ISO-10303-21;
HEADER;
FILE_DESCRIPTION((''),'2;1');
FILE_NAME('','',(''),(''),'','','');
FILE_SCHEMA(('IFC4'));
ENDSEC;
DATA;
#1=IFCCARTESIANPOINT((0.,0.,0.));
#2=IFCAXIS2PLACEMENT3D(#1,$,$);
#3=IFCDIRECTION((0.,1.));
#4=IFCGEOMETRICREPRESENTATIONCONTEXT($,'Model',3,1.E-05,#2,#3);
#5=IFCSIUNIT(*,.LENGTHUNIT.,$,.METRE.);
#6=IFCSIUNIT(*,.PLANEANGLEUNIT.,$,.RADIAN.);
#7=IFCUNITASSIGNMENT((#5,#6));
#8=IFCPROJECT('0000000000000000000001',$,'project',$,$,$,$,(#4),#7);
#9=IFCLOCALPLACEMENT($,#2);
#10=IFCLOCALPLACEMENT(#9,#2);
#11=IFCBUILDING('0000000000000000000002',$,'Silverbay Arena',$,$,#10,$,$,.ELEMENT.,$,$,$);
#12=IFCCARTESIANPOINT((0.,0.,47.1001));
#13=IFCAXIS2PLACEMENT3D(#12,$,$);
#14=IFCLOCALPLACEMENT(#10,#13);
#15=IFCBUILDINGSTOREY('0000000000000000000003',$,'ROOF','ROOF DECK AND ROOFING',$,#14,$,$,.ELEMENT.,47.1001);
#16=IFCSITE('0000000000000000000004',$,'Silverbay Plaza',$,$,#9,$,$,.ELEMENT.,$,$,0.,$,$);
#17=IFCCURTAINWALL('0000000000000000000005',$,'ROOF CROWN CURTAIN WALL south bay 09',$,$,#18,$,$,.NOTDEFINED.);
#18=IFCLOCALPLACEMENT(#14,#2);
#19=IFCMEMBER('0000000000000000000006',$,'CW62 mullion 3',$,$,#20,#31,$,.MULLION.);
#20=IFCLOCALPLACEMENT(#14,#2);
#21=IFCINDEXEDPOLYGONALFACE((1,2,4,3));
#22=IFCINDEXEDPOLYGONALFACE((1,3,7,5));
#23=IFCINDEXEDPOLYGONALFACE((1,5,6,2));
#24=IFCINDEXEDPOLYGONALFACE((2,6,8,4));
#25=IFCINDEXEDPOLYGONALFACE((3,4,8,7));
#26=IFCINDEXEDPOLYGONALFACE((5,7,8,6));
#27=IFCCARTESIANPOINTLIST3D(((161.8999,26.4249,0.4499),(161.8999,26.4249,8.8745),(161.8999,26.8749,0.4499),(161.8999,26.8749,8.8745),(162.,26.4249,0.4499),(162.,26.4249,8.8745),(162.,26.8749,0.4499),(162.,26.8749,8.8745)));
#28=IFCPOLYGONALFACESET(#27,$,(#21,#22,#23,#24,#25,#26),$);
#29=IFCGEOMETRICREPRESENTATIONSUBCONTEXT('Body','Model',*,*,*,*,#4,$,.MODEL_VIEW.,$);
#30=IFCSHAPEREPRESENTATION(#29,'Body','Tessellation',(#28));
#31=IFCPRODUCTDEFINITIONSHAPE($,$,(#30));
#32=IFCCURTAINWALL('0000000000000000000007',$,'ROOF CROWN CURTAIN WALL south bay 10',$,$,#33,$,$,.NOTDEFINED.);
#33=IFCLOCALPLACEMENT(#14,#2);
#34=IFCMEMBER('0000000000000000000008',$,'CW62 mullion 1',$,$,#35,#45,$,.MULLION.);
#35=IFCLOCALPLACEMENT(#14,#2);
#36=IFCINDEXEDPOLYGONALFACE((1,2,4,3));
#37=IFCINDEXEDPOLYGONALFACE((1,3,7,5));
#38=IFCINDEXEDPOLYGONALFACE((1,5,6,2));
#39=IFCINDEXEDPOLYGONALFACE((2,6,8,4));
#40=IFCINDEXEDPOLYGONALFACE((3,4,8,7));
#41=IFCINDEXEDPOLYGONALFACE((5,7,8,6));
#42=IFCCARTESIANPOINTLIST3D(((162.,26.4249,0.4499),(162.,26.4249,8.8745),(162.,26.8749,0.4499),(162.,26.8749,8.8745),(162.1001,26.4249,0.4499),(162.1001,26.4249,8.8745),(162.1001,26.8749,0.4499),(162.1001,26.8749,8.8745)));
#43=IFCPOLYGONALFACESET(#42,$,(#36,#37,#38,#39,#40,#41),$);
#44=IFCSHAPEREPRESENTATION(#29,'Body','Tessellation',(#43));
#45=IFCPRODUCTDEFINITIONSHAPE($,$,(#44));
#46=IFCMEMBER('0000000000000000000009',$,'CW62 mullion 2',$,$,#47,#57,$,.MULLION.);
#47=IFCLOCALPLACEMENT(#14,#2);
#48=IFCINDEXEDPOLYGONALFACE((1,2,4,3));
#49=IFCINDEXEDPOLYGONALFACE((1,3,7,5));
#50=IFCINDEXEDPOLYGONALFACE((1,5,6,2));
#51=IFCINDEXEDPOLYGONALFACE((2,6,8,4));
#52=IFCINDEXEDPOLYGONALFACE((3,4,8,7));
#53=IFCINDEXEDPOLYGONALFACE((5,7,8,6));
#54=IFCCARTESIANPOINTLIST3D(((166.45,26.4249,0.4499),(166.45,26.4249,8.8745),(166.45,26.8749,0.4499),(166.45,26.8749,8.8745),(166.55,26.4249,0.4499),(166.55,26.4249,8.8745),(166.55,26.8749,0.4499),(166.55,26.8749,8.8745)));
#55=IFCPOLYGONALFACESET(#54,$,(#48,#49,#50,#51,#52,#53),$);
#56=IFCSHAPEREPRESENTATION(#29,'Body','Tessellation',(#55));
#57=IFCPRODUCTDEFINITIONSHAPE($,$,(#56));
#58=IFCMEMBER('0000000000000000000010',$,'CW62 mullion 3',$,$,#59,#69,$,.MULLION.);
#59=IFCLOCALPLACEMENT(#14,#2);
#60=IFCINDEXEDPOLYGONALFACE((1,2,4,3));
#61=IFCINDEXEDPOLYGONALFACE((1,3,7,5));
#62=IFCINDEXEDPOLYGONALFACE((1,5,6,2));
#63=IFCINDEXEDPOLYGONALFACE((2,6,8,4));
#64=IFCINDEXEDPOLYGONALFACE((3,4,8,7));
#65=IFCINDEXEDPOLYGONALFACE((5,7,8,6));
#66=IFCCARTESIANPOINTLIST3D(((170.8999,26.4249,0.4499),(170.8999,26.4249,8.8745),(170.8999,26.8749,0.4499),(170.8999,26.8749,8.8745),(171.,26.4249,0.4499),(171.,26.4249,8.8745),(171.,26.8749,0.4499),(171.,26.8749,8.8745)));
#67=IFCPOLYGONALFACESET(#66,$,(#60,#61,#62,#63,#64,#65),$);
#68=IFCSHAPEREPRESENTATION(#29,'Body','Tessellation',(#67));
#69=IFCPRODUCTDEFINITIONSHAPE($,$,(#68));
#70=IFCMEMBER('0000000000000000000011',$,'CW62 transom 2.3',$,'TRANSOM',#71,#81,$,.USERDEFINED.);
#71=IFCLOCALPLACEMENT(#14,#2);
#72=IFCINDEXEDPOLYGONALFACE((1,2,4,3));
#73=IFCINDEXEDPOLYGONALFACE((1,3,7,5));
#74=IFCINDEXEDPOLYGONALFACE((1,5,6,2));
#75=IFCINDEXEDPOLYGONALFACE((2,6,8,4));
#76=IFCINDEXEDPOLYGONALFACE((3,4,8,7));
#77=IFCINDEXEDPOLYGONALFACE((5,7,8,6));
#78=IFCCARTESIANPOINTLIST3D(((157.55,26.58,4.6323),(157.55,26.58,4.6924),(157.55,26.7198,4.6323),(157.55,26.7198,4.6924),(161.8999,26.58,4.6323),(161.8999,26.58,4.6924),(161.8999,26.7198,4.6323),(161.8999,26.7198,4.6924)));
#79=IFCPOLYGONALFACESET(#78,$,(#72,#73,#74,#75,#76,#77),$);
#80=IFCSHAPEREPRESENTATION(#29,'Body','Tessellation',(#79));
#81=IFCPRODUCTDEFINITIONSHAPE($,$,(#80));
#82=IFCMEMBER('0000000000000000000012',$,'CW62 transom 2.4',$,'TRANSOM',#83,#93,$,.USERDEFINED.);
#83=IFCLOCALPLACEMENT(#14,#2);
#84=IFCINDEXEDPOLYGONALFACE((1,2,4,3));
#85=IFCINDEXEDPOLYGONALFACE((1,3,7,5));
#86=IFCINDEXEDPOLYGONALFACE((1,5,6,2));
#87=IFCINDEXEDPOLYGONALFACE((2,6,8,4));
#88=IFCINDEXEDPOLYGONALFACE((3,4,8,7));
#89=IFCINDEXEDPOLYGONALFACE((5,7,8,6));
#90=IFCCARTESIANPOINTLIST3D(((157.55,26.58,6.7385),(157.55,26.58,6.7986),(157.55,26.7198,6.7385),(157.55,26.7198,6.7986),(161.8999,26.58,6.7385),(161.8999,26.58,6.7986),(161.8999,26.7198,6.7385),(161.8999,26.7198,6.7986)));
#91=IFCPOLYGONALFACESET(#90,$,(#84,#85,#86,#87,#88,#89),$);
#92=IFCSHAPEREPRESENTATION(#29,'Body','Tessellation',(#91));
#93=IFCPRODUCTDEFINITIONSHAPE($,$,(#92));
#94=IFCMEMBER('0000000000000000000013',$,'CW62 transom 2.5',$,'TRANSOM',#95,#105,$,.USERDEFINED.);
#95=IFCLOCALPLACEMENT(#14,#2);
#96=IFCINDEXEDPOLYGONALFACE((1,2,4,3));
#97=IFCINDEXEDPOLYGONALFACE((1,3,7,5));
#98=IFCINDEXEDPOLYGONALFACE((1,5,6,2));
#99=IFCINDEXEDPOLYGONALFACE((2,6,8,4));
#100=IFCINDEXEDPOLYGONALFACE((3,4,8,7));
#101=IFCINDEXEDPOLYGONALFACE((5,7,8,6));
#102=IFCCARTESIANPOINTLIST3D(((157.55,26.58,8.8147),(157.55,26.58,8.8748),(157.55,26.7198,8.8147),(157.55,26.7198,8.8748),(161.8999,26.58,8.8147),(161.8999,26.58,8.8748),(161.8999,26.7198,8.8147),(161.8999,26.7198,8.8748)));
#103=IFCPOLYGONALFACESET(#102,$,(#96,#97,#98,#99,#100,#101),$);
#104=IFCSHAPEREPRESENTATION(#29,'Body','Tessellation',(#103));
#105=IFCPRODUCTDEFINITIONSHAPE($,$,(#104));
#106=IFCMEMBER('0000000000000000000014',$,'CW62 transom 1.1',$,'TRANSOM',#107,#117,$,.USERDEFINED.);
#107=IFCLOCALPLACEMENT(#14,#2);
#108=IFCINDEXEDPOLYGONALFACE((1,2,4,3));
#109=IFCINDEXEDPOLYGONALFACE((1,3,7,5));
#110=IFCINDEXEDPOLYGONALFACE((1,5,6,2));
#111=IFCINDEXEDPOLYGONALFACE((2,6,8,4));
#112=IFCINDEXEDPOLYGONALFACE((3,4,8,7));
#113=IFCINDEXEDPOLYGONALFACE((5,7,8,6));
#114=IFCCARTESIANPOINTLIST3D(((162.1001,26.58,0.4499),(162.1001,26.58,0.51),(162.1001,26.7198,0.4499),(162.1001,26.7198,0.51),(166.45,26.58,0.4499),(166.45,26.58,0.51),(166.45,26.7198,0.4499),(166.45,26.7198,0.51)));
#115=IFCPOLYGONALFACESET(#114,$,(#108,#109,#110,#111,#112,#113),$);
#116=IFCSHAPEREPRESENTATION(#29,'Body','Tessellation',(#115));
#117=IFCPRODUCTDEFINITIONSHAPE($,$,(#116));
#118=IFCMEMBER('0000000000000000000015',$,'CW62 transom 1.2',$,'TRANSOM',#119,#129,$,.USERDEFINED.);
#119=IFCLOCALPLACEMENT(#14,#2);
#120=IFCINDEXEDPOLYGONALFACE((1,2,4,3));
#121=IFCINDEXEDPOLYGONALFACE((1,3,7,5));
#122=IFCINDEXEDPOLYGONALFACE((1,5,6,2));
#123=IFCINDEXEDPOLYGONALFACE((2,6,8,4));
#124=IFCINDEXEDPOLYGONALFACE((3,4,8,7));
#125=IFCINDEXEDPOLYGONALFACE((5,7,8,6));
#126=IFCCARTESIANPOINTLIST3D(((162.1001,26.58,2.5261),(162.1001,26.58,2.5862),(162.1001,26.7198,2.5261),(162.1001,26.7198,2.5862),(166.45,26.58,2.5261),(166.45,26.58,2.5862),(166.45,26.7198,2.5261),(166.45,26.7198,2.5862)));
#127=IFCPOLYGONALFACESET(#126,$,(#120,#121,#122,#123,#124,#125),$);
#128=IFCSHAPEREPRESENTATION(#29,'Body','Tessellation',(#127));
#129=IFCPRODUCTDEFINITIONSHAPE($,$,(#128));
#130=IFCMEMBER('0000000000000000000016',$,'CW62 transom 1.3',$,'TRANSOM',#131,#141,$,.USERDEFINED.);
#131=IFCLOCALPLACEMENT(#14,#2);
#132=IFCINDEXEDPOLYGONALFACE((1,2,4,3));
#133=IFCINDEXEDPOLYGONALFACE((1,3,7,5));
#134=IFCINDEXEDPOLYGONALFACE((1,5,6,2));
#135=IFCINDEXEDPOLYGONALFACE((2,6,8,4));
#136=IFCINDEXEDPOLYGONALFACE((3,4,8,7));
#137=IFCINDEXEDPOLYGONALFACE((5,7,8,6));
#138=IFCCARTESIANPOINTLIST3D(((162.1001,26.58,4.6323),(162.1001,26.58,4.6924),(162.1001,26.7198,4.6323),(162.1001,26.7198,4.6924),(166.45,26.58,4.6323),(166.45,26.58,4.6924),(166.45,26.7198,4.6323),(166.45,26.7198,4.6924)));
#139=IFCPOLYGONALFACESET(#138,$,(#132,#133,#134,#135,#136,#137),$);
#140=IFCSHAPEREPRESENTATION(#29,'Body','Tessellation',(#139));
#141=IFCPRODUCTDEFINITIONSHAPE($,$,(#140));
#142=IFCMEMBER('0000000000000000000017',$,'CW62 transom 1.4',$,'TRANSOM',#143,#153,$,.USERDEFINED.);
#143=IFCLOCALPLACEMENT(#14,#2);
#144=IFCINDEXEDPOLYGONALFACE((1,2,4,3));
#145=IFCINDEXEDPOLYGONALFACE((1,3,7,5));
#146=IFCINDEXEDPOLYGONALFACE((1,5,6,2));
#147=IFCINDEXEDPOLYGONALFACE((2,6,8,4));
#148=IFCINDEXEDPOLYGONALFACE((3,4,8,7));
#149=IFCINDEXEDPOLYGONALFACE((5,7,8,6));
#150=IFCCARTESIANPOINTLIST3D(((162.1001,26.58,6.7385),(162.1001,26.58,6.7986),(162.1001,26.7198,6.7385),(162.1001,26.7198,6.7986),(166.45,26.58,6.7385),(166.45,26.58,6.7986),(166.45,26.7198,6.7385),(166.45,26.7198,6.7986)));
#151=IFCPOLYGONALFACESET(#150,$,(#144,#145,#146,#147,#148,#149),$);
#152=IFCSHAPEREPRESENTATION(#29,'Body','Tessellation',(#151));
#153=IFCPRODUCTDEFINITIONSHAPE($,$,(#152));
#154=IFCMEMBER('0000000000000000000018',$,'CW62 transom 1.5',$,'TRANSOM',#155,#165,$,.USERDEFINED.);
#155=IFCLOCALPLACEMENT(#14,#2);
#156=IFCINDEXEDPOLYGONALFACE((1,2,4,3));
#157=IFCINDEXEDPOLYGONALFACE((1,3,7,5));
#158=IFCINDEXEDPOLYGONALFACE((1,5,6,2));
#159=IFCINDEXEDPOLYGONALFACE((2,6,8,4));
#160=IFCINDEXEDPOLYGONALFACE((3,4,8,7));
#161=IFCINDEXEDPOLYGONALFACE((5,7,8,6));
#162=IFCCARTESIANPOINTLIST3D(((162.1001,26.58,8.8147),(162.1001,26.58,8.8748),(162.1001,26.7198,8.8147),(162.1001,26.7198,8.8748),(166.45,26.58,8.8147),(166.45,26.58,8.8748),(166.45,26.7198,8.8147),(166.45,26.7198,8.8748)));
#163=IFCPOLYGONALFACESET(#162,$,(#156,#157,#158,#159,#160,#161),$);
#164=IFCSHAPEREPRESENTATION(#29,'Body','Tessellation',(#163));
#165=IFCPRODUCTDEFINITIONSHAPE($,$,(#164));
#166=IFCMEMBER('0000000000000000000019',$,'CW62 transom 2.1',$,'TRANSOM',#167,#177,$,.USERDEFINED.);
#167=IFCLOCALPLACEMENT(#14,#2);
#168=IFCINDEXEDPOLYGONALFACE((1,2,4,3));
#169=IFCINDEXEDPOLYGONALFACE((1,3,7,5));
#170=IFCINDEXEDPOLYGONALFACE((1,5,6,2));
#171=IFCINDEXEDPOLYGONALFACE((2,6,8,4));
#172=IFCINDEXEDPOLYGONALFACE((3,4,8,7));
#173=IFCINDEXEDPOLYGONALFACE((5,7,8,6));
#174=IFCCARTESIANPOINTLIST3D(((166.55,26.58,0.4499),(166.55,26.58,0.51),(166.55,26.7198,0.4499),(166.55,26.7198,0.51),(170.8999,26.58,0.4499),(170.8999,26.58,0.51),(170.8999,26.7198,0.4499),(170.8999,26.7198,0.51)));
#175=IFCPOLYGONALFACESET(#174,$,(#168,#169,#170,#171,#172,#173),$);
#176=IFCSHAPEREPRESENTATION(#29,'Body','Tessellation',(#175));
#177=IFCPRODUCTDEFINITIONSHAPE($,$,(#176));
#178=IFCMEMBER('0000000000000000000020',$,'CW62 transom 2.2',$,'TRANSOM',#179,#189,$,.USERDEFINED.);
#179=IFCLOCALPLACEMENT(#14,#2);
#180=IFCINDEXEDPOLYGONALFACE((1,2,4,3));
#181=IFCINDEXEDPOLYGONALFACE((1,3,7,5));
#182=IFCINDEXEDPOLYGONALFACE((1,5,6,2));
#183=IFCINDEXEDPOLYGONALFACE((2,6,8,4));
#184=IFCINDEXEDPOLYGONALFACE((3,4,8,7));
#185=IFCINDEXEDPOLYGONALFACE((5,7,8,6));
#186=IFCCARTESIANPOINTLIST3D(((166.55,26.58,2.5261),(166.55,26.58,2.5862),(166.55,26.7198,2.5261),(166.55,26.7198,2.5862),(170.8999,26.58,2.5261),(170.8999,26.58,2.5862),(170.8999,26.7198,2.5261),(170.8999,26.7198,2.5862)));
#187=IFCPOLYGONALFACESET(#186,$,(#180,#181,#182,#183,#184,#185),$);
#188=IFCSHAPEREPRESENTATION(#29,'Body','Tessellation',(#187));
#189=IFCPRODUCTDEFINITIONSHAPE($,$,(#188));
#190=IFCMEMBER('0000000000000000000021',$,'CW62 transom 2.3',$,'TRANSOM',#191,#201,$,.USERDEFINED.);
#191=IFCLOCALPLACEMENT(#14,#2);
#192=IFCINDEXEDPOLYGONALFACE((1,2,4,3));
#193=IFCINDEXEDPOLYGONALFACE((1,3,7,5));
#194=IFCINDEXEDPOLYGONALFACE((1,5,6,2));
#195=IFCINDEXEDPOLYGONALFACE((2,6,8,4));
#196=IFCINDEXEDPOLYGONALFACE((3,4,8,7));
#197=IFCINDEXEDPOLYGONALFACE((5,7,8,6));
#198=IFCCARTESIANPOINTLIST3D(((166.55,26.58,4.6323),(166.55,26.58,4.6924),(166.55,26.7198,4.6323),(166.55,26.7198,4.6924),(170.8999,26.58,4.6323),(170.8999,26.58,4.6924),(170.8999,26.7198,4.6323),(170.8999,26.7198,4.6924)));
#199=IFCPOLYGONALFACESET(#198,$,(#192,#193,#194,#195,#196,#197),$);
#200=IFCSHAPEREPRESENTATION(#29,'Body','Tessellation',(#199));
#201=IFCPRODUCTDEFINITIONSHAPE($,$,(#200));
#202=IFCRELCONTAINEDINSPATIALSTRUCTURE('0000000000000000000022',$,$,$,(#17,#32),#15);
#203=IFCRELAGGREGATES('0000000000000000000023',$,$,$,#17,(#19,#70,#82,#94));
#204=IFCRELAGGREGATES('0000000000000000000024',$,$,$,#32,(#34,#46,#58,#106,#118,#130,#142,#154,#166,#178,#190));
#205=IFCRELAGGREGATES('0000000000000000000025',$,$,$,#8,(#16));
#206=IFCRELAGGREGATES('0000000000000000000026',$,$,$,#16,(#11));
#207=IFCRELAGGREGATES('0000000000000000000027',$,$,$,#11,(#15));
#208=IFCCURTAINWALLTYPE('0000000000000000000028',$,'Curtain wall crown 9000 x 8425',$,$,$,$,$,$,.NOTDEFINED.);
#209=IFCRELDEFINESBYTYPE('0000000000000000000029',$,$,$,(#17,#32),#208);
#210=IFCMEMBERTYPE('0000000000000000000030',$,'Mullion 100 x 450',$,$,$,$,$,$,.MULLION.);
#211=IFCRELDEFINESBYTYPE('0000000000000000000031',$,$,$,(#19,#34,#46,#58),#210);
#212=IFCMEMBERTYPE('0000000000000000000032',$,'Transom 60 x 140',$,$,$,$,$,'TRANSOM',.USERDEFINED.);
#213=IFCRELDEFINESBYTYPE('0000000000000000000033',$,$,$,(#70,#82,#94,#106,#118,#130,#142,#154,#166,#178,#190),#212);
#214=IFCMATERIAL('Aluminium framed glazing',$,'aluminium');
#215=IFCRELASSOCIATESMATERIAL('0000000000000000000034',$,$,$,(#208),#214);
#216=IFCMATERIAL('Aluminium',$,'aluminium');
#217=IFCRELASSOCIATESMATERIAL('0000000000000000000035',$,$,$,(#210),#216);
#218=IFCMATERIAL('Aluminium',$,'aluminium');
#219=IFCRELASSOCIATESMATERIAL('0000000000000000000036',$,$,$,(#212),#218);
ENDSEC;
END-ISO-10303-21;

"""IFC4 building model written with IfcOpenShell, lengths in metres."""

from ifc_helpers import new_model, si_unit, direction, frame, origin, origin_2d, place, context, subcontext, project, spatial, rectangle, extrude, material, material_profile, profile_set, type_object, element, aggregate, save


model = new_model("IFC4")

# Units and contexts
model_context = context("Model", 3, precision=1e-05, world=origin(), true_north=direction((0.0, 1.0)))
body_context = subcontext(model_context, "Body", "Model", "MODEL_VIEW")
ifc_project = project(units=[si_unit("LENGTHUNIT", "METRE"), si_unit("PLANEANGLEUNIT", "RADIAN")], contexts=[model_context])

# Site, building, storey
site_placement = place(None, origin())
site = spatial("IfcSite", under=ifc_project, at=site_placement, Name="Silverbay Plaza", CompositionType="ELEMENT", RefElevation=0.0)
building_placement = place(site_placement, origin())
building = spatial("IfcBuilding", under=site, at=building_placement, Name="Silverbay Arena", CompositionType="ELEMENT")
storey_placement = place(building_placement, frame((0.0, 0.0, 47.1001)))
storey = spatial("IfcBuildingStorey", under=building, at=storey_placement, Name="ROOF", Description="ROOF DECK AND ROOFING", CompositionType="ELEMENT", Elevation=47.1001)

# Curtain wall, member
ifc_material_1 = material(Name="Aluminium framed glazing", Category="aluminium")
curtain_wall_type = type_object("IfcCurtainWallType", Name="Curtain wall crown 9000 x 8425", PredefinedType="NOTDEFINED", material=ifc_material_1)
curtain_wall_1_placement = place(storey_placement, origin())
curtain_wall_1 = element("IfcCurtainWall", 1, at=curtain_wall_1_placement, inside=storey, type_object=curtain_wall_type, Name="ROOF CROWN CURTAIN WALL south bay 09", PredefinedType="NOTDEFINED")
ifc_material_2 = material(Name="Aluminium", Category="aluminium")
ifc_material_profile_1 = material_profile(ifc_material_2, rectangle(XDim=0.45, YDim=0.1001, at=origin_2d()), Name="Mullion 100 x 450")
ifc_profile_set_1 = profile_set([ifc_material_profile_1], Name="Aluminium")
member_type_1 = type_object("IfcMemberType", Name="Mullion 100 x 450", PredefinedType="MULLION", material=ifc_profile_set_1)
placement = place(building_placement, frame((0.0, 0.0, 33.5)))
member_1_placement = place(placement, frame((161.95, 26.6499, 14.05), z_axis=(0.0, 0.0, 1.0), x_axis=(0.0, 1.0, 0.0)))
member_1 = element("IfcMember", 2, at=member_1_placement, type_object=member_type_1, Name="CW62 mullion 3", PredefinedType="MULLION", context=body_context, shape_type="SweptSolid", body=[
    extrude(rectangle(XDim=0.45, YDim=0.1001, at=origin_2d()), origin(), (0.0, 0.0, 1.0), 8.4246),
])

# Curtain wall, members
curtain_wall_2_placement = place(storey_placement, origin())
curtain_wall_2 = element("IfcCurtainWall", 3, at=curtain_wall_2_placement, inside=storey, type_object=curtain_wall_type, Name="ROOF CROWN CURTAIN WALL south bay 10", PredefinedType="NOTDEFINED")
member_2_placement = place(placement, frame((162.05, 26.6499, 14.05), z_axis=(0.0, 0.0, 1.0), x_axis=(0.0, 1.0, 0.0)))
member_2 = element("IfcMember", 4, at=member_2_placement, type_object=member_type_1, Name="CW62 mullion 1", PredefinedType="MULLION", context=body_context, shape_type="SweptSolid", body=[
    extrude(rectangle(XDim=0.45, YDim=0.1001, at=origin_2d()), origin(), (0.0, 0.0, 1.0), 8.4246),
])
member_3_placement = place(placement, frame((166.5, 26.6499, 14.05), z_axis=(0.0, 0.0, 1.0), x_axis=(0.0, 1.0, 0.0)))
member_3 = element("IfcMember", 5, at=member_3_placement, type_object=member_type_1, Name="CW62 mullion 2", PredefinedType="MULLION", context=body_context, shape_type="SweptSolid", body=[
    extrude(rectangle(XDim=0.45, YDim=0.1001, at=origin_2d()), origin(), (0.0, 0.0, 1.0), 8.4246),
])
member_4_placement = place(placement, frame((170.95, 26.6499, 14.05), z_axis=(0.0, 0.0, 1.0), x_axis=(0.0, 1.0, 0.0)))
member_4 = element("IfcMember", 6, at=member_4_placement, type_object=member_type_1, Name="CW62 mullion 3", PredefinedType="MULLION", context=body_context, shape_type="SweptSolid", body=[
    extrude(rectangle(XDim=0.45, YDim=0.1001, at=origin_2d()), origin(), (0.0, 0.0, 1.0), 8.4246),
])

# Members
ifc_material_3 = material(Name="Aluminium", Category="aluminium")
ifc_material_profile_2 = material_profile(ifc_material_3, rectangle(XDim=0.1399, YDim=0.0601, at=origin_2d()), Name="Transom 60 x 140")
ifc_profile_set_2 = profile_set([ifc_material_profile_2], Name="Aluminium")
member_type_2 = type_object("IfcMemberType", Name="Transom 60 x 140", ElementType="TRANSOM", PredefinedType="USERDEFINED", material=ifc_profile_set_2)
member_5_placement = place(placement, frame((157.55, 26.6499, 18.2625), z_axis=(1.0, 0.0, 0.0), x_axis=(0.0, 1.0, 0.0)))
member_5 = element("IfcMember", 7, at=member_5_placement, type_object=member_type_2, Name="CW62 transom 2.3", ObjectType="TRANSOM", PredefinedType="USERDEFINED", context=body_context, shape_type="SweptSolid", body=[
    extrude(rectangle(XDim=0.1399, YDim=0.0601, at=origin_2d()), origin(), (0.0, 0.0, 1.0), 4.3499),
])
member_6_placement = place(placement, frame((157.55, 26.6499, 20.3687), z_axis=(1.0, 0.0, 0.0), x_axis=(0.0, 1.0, 0.0)))
member_6 = element("IfcMember", 8, at=member_6_placement, type_object=member_type_2, Name="CW62 transom 2.4", ObjectType="TRANSOM", PredefinedType="USERDEFINED", context=body_context, shape_type="SweptSolid", body=[
    extrude(rectangle(XDim=0.1399, YDim=0.0601, at=origin_2d()), origin(), (0.0, 0.0, 1.0), 4.3499),
])
member_7_placement = place(placement, frame((157.55, 26.6499, 22.4448), z_axis=(1.0, 0.0, 0.0), x_axis=(0.0, 1.0, 0.0)))
member_7 = element("IfcMember", 9, at=member_7_placement, type_object=member_type_2, Name="CW62 transom 2.5", ObjectType="TRANSOM", PredefinedType="USERDEFINED", context=body_context, shape_type="SweptSolid", body=[
    extrude(rectangle(XDim=0.1399, YDim=0.0601, at=origin_2d()), origin(), (0.0, 0.0, 1.0), 4.3499),
])
member_8_placement = place(placement, frame((162.1001, 26.6499, 14.0801), z_axis=(1.0, 0.0, 0.0), x_axis=(0.0, 1.0, 0.0)))
member_8 = element("IfcMember", 10, at=member_8_placement, type_object=member_type_2, Name="CW62 transom 1.1", ObjectType="TRANSOM", PredefinedType="USERDEFINED", context=body_context, shape_type="SweptSolid", body=[
    extrude(rectangle(XDim=0.1399, YDim=0.0601, at=origin_2d()), origin(), (0.0, 0.0, 1.0), 4.3499),
])
member_9_placement = place(placement, frame((162.1001, 26.6499, 16.1562), z_axis=(1.0, 0.0, 0.0), x_axis=(0.0, 1.0, 0.0)))
member_9 = element("IfcMember", 11, at=member_9_placement, type_object=member_type_2, Name="CW62 transom 1.2", ObjectType="TRANSOM", PredefinedType="USERDEFINED", context=body_context, shape_type="SweptSolid", body=[
    extrude(rectangle(XDim=0.1399, YDim=0.0601, at=origin_2d()), origin(), (0.0, 0.0, 1.0), 4.3499),
])
member_10_placement = place(placement, frame((162.1001, 26.6499, 18.2625), z_axis=(1.0, 0.0, 0.0), x_axis=(0.0, 1.0, 0.0)))
member_10 = element("IfcMember", 12, at=member_10_placement, type_object=member_type_2, Name="CW62 transom 1.3", ObjectType="TRANSOM", PredefinedType="USERDEFINED", context=body_context, shape_type="SweptSolid", body=[
    extrude(rectangle(XDim=0.1399, YDim=0.0601, at=origin_2d()), origin(), (0.0, 0.0, 1.0), 4.3499),
])
member_11_placement = place(placement, frame((162.1001, 26.6499, 20.3687), z_axis=(1.0, 0.0, 0.0), x_axis=(0.0, 1.0, 0.0)))
member_11 = element("IfcMember", 13, at=member_11_placement, type_object=member_type_2, Name="CW62 transom 1.4", ObjectType="TRANSOM", PredefinedType="USERDEFINED", context=body_context, shape_type="SweptSolid", body=[
    extrude(rectangle(XDim=0.1399, YDim=0.0601, at=origin_2d()), origin(), (0.0, 0.0, 1.0), 4.3499),
])
member_12_placement = place(placement, frame((162.1001, 26.6499, 22.4448), z_axis=(1.0, 0.0, 0.0), x_axis=(0.0, 1.0, 0.0)))
member_12 = element("IfcMember", 14, at=member_12_placement, type_object=member_type_2, Name="CW62 transom 1.5", ObjectType="TRANSOM", PredefinedType="USERDEFINED", context=body_context, shape_type="SweptSolid", body=[
    extrude(rectangle(XDim=0.1399, YDim=0.0601, at=origin_2d()), origin(), (0.0, 0.0, 1.0), 4.3499),
])
member_13_placement = place(placement, frame((166.55, 26.6499, 14.0801), z_axis=(1.0, 0.0, 0.0), x_axis=(0.0, 1.0, 0.0)))
member_13 = element("IfcMember", 15, at=member_13_placement, type_object=member_type_2, Name="CW62 transom 2.1", ObjectType="TRANSOM", PredefinedType="USERDEFINED", context=body_context, shape_type="SweptSolid", body=[
    extrude(rectangle(XDim=0.1399, YDim=0.0601, at=origin_2d()), origin(), (0.0, 0.0, 1.0), 4.3499),
])
member_14_placement = place(placement, frame((166.55, 26.6499, 16.1562), z_axis=(1.0, 0.0, 0.0), x_axis=(0.0, 1.0, 0.0)))
member_14 = element("IfcMember", 16, at=member_14_placement, type_object=member_type_2, Name="CW62 transom 2.2", ObjectType="TRANSOM", PredefinedType="USERDEFINED", context=body_context, shape_type="SweptSolid", body=[
    extrude(rectangle(XDim=0.1399, YDim=0.0601, at=origin_2d()), origin(), (0.0, 0.0, 1.0), 4.3499),
])
member_15_placement = place(placement, frame((166.55, 26.6499, 18.2625), z_axis=(1.0, 0.0, 0.0), x_axis=(0.0, 1.0, 0.0)))
member_15 = element("IfcMember", 17, at=member_15_placement, type_object=member_type_2, Name="CW62 transom 2.3", ObjectType="TRANSOM", PredefinedType="USERDEFINED", context=body_context, shape_type="SweptSolid", body=[
    extrude(rectangle(XDim=0.1399, YDim=0.0601, at=origin_2d()), origin(), (0.0, 0.0, 1.0), 4.3499),
])

aggregate(curtain_wall_1, [member_1, member_5, member_6, member_7])
aggregate(curtain_wall_2, [member_2, member_3, member_4, member_8, member_9, member_10, member_11, member_12, member_13, member_14, member_15])

save(model, "model.ifc")
